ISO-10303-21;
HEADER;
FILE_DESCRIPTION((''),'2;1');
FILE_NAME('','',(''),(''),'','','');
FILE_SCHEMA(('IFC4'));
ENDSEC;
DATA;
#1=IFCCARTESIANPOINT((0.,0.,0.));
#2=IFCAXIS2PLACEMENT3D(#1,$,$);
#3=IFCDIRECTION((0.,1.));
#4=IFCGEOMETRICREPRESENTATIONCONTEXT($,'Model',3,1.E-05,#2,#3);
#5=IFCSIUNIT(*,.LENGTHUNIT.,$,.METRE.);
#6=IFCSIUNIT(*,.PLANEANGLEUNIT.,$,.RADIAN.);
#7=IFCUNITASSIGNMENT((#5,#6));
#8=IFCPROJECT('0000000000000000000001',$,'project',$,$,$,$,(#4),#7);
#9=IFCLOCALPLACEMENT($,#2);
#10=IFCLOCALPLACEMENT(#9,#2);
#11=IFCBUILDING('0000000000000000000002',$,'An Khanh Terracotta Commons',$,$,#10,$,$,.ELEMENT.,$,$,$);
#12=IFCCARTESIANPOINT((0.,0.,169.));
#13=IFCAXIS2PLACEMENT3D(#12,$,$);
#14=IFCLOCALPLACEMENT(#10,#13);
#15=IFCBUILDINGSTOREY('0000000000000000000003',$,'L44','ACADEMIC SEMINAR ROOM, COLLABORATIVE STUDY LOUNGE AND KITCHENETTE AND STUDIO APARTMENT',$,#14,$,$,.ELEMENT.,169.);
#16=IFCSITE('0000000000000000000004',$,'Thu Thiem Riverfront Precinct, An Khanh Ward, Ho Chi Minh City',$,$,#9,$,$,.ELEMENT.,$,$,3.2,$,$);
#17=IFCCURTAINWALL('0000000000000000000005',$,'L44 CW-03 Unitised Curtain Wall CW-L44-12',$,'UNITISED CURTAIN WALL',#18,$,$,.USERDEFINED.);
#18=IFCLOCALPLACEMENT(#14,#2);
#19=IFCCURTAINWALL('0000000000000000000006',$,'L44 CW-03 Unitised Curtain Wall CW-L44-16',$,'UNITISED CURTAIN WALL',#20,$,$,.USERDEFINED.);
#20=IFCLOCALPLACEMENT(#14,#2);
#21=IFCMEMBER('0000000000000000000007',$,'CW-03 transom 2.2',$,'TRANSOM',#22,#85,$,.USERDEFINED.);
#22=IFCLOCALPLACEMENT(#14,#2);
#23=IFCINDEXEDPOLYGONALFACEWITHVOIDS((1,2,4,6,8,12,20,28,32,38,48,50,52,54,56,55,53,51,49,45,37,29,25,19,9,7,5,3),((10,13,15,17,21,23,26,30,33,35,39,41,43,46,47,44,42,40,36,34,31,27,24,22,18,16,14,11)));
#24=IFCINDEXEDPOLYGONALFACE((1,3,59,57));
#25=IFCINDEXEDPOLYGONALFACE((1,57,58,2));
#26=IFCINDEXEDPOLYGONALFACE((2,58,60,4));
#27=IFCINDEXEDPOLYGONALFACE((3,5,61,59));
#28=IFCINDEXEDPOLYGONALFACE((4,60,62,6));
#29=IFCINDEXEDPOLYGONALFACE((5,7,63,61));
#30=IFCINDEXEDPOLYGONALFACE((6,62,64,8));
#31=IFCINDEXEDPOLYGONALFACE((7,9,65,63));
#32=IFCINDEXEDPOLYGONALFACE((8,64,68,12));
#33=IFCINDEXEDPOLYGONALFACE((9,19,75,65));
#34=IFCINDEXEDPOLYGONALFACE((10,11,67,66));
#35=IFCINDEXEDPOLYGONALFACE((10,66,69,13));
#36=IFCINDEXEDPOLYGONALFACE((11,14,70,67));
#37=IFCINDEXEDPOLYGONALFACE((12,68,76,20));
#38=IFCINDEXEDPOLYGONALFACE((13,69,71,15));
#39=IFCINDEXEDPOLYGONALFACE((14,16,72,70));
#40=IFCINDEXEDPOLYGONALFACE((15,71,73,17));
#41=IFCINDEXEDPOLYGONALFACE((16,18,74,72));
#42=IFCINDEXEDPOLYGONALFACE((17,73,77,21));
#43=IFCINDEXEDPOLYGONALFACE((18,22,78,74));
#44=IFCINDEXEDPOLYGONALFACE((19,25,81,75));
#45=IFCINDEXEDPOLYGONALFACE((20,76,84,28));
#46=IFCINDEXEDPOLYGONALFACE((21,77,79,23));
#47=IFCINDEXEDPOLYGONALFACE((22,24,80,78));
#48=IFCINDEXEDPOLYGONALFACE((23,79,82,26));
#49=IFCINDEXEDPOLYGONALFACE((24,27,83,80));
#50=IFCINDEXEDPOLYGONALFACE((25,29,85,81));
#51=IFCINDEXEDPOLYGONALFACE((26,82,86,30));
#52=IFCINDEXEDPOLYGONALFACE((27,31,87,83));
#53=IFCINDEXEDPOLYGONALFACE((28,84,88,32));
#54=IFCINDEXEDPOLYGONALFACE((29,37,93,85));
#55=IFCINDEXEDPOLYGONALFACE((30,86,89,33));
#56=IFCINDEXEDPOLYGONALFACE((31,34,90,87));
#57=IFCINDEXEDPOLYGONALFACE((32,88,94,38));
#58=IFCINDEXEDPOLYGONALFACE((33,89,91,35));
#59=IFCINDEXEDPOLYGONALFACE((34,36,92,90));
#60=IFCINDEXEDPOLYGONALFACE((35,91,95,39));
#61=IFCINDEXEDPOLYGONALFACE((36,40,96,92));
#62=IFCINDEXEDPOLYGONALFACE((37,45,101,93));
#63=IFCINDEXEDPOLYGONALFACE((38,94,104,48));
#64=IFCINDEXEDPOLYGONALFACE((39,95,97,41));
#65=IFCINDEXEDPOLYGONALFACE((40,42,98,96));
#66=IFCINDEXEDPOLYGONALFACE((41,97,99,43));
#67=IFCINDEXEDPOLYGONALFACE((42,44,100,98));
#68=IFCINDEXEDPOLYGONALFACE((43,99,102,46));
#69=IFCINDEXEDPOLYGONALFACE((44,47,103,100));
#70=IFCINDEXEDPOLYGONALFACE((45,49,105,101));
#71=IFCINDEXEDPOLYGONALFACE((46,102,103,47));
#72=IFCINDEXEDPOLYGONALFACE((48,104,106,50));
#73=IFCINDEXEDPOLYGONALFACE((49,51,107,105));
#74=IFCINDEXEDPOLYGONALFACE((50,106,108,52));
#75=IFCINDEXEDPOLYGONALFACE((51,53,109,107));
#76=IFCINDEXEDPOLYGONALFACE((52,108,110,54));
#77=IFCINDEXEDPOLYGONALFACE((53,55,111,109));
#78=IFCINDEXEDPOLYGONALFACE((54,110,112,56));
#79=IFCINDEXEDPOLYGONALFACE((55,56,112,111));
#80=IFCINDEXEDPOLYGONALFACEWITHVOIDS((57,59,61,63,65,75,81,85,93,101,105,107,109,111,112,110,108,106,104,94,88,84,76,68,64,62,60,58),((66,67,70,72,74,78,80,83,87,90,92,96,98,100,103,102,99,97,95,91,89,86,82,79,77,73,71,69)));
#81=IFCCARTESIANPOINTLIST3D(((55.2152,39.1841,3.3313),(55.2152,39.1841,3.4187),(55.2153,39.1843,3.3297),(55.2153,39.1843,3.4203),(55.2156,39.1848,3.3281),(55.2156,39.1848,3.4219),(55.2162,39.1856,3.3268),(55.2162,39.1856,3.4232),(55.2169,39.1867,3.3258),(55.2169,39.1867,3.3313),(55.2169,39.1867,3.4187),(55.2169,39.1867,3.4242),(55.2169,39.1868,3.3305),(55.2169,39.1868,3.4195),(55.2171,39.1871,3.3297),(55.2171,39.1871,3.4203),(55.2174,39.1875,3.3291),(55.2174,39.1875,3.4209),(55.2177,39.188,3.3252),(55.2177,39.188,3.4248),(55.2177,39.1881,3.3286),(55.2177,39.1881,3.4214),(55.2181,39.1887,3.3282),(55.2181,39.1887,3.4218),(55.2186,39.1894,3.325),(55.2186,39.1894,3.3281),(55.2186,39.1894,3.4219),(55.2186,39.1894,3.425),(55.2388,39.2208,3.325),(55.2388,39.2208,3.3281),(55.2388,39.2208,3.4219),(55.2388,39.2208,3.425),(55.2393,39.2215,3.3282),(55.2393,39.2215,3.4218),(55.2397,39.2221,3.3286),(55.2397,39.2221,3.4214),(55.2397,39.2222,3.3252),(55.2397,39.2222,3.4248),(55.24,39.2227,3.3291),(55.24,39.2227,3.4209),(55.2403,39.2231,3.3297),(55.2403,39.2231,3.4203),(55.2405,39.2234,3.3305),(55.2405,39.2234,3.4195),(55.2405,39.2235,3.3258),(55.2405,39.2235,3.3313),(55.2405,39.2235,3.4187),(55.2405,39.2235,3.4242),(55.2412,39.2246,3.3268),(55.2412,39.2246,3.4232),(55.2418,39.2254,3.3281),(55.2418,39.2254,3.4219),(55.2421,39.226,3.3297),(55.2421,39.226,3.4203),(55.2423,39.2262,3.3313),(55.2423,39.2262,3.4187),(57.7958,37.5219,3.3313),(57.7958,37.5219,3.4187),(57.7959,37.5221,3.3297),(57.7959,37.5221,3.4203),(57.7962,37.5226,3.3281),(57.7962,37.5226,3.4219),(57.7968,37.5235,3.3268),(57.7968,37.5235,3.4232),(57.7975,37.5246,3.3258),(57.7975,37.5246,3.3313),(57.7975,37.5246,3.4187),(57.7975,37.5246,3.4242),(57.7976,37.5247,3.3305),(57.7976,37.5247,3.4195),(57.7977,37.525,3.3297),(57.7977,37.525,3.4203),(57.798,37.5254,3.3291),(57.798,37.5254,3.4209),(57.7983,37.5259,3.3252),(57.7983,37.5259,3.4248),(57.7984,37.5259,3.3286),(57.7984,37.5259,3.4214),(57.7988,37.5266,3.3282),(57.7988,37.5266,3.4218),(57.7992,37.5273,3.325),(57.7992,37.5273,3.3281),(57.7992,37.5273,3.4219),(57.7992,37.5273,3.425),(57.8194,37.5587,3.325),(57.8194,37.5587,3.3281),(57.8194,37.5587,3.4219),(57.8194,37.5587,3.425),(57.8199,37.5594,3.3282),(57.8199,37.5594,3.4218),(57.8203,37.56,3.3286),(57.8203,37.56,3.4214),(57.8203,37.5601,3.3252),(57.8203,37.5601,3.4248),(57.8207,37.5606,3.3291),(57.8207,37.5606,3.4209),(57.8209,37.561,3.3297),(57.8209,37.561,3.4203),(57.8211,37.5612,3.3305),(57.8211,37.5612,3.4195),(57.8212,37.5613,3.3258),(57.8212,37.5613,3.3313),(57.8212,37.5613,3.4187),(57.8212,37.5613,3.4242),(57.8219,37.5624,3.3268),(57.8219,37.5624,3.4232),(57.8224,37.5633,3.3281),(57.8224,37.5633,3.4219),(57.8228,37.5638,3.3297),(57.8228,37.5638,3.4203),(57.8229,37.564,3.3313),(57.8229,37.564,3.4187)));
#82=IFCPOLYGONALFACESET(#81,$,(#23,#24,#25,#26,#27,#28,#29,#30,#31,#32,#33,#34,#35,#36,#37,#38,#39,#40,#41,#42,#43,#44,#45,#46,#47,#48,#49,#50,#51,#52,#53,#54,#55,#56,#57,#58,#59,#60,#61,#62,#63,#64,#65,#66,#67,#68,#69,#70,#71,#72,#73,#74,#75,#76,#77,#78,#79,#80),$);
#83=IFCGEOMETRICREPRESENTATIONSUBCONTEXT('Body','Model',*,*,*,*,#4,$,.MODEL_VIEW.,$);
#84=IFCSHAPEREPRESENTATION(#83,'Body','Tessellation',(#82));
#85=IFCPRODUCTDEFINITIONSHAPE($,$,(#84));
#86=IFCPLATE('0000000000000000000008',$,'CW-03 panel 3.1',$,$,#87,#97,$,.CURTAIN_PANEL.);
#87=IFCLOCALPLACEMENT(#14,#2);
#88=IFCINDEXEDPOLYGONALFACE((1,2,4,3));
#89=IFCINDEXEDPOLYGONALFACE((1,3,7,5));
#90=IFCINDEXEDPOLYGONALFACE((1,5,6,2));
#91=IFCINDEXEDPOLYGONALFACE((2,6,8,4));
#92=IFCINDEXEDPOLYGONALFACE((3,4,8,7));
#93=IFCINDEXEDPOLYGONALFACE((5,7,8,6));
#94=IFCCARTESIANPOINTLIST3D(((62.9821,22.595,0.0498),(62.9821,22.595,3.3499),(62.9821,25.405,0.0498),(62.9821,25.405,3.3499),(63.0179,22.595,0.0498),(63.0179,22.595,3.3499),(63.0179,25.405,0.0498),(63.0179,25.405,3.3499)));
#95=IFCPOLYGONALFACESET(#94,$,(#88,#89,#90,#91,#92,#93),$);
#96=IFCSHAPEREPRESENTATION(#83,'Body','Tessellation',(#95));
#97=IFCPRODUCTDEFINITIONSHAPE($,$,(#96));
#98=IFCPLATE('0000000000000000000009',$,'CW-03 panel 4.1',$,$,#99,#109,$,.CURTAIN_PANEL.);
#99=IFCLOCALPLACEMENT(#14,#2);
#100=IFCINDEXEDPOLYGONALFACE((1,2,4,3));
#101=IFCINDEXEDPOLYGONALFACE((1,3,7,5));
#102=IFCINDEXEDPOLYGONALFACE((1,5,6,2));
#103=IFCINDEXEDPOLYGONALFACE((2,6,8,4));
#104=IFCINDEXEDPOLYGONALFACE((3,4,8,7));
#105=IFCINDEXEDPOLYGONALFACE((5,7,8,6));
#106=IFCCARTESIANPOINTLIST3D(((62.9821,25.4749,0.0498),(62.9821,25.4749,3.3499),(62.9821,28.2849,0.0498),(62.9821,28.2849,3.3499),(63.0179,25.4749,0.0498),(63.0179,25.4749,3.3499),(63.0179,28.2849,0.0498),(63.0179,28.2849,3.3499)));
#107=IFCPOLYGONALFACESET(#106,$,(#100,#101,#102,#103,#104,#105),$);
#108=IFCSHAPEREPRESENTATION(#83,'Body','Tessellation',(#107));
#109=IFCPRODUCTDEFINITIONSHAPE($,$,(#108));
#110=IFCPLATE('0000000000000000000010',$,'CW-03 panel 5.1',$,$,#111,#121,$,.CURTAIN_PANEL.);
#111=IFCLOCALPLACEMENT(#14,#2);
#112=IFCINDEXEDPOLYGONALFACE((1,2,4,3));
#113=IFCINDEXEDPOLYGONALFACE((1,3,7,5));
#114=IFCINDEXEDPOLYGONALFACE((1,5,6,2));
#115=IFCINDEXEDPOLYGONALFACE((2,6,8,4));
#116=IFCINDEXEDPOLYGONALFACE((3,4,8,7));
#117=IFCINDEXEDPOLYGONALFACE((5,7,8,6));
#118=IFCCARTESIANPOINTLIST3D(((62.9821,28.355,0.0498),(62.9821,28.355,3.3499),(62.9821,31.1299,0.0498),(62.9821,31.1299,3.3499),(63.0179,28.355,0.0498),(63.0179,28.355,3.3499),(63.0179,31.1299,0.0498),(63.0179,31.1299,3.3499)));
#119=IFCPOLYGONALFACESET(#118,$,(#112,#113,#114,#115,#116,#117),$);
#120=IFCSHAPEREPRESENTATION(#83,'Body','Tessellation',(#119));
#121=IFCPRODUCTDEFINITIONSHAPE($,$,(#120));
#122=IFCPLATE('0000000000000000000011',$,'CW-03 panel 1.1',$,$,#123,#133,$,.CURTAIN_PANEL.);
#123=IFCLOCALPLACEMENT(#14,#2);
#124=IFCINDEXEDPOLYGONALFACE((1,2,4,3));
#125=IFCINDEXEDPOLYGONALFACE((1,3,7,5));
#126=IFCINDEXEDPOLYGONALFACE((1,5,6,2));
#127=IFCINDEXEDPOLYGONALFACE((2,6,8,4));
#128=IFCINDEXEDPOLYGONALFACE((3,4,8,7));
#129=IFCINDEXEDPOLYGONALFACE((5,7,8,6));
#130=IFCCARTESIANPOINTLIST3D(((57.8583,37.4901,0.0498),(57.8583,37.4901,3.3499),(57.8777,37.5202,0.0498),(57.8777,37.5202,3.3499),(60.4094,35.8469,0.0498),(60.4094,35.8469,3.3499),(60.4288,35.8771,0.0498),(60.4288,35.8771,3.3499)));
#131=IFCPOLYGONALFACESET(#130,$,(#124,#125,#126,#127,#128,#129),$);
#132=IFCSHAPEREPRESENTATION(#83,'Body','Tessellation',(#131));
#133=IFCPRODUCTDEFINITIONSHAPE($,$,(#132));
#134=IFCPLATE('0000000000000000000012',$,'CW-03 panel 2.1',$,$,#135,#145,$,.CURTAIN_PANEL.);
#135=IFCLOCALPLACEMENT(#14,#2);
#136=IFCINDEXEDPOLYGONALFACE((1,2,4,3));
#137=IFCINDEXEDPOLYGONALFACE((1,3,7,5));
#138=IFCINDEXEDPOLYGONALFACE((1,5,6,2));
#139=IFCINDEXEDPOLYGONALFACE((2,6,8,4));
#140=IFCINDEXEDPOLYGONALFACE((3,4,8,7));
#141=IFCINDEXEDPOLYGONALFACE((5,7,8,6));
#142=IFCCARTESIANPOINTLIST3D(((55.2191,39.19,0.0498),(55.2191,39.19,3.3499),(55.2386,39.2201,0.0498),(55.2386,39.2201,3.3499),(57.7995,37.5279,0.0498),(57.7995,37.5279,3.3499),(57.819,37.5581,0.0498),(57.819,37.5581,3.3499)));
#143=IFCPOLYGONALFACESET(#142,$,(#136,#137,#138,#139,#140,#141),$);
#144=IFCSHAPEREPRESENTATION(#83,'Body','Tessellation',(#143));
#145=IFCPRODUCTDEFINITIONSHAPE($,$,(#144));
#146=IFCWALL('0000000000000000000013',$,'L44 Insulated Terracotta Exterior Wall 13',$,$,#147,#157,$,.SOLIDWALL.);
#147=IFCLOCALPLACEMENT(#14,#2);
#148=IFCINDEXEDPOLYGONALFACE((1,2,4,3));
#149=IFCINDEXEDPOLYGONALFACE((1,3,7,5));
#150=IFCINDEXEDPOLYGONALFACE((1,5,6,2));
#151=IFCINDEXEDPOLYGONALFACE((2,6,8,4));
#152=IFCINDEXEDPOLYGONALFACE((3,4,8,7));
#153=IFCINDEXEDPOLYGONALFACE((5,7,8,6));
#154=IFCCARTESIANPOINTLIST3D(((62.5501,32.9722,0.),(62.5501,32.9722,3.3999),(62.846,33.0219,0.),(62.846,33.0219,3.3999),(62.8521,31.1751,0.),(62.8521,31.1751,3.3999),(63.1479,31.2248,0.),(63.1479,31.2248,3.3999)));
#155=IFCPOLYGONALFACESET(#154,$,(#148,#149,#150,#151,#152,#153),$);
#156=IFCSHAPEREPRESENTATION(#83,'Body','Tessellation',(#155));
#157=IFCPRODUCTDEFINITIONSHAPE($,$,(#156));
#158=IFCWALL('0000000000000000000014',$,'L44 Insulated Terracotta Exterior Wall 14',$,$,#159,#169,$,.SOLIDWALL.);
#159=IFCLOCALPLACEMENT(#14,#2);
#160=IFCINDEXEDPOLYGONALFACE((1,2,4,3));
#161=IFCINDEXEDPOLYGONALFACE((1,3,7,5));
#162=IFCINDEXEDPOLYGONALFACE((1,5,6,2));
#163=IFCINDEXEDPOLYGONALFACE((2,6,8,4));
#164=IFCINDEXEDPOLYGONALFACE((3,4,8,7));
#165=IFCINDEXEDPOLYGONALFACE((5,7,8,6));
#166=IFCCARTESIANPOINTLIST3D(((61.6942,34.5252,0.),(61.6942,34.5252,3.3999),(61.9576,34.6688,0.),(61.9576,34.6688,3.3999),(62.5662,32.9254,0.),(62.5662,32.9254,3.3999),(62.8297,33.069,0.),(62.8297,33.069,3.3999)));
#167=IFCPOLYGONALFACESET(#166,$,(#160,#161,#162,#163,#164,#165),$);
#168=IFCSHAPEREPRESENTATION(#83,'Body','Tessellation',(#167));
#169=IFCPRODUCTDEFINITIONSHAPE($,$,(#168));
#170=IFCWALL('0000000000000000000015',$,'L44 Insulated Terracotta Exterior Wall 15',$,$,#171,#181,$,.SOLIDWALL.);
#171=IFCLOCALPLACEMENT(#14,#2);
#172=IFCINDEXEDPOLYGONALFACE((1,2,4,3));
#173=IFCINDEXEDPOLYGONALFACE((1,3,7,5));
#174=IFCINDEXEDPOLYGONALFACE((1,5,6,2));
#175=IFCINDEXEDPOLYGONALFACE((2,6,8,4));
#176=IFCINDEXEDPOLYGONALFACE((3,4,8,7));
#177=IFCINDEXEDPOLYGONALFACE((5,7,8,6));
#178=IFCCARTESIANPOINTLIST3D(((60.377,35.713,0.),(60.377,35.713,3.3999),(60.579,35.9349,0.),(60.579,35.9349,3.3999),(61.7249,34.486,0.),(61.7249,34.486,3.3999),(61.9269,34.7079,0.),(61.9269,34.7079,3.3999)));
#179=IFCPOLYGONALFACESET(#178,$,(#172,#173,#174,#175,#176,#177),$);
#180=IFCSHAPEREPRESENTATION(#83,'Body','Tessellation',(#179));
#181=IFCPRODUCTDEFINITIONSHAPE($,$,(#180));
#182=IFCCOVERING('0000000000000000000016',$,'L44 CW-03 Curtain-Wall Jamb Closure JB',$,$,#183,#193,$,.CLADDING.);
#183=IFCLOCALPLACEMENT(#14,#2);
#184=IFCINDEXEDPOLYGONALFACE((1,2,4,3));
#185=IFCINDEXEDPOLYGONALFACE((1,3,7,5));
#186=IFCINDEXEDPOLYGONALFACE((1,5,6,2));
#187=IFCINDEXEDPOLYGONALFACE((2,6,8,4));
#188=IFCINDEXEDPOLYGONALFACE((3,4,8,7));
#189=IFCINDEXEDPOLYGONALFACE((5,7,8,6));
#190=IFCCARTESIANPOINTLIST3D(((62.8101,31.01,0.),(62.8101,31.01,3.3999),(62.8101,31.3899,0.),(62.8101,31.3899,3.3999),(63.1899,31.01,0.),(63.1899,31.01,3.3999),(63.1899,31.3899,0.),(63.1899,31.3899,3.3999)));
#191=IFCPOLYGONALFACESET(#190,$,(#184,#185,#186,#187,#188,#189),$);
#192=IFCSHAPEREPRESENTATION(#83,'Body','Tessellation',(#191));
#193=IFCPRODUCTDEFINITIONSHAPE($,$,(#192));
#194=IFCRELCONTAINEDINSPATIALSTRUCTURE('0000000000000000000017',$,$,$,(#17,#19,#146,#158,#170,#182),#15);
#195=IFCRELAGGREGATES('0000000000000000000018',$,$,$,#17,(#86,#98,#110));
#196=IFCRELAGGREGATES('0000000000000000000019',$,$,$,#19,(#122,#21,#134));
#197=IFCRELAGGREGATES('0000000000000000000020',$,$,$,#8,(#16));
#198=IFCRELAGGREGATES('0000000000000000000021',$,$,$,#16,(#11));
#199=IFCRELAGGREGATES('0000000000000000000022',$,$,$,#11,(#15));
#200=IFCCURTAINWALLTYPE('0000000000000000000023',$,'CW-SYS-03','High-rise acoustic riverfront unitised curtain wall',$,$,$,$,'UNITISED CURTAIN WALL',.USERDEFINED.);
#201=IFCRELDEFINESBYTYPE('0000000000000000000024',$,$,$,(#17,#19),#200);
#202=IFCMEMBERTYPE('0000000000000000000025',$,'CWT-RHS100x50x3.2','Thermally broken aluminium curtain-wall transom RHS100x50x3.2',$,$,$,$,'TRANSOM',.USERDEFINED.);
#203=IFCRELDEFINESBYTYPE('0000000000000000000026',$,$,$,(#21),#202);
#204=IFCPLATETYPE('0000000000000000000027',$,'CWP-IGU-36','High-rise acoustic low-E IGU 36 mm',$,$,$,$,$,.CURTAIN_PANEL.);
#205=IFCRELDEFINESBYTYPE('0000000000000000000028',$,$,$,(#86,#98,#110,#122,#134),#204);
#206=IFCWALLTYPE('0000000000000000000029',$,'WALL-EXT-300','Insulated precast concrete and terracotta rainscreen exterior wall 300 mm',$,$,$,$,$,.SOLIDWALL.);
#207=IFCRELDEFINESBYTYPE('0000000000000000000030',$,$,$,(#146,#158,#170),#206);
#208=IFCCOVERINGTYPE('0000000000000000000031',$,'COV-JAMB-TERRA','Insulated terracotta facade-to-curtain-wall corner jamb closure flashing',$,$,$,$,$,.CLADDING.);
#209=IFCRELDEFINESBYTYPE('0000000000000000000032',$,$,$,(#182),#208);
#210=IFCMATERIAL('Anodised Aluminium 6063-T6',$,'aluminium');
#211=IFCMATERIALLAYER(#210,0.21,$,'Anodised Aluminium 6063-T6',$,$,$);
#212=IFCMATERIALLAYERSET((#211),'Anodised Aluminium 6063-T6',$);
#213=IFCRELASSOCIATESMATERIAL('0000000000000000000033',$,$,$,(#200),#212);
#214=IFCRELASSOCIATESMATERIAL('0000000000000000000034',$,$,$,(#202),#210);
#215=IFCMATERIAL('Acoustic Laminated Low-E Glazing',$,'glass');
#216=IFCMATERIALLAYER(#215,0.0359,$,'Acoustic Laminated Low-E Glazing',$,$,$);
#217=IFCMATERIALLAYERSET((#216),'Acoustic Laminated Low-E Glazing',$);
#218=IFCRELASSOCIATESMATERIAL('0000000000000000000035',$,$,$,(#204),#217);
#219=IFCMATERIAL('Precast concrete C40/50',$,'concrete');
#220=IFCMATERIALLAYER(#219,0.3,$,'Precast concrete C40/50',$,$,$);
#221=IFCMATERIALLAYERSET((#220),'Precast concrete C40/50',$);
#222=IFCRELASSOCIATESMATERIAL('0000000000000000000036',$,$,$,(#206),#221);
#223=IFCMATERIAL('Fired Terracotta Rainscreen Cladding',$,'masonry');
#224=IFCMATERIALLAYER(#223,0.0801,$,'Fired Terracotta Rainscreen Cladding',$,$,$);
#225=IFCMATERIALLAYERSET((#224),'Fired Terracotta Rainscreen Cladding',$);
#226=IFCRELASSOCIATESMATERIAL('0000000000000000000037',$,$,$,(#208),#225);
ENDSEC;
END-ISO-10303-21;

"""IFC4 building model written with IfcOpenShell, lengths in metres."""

from ifc_helpers import new_model, si_unit, direction, frame, frame_2d, origin, origin_2d, place, context, subcontext, project, spatial, rectangle, hollow_rectangle, extrude, material, layer, layer_set, material_profile, profile_set, type_object, element, aggregate, save


model = new_model("IFC4")

# Units and contexts
model_context = context("Model", 3, precision=1e-05, world=origin(), true_north=direction((0.0, 1.0)))
body_context = subcontext(model_context, "Body", "Model", "MODEL_VIEW")
ifc_project = project(units=[si_unit("LENGTHUNIT", "METRE"), si_unit("PLANEANGLEUNIT", "RADIAN")], contexts=[model_context])

# Site, building, storey
site_placement = place(None, origin())
site = spatial("IfcSite", under=ifc_project, at=site_placement, Name="Thu Thiem Riverfront Precinct, An Khanh Ward, Ho Chi Minh City", CompositionType="ELEMENT", RefElevation=3.2)
building_placement = place(site_placement, origin())
building = spatial("IfcBuilding", under=site, at=building_placement, Name="An Khanh Terracotta Commons", CompositionType="ELEMENT")
storey_placement = place(building_placement, frame((0.0, 0.0, 169.0)))
storey = spatial("IfcBuildingStorey", under=building, at=storey_placement, Name="L44", Description="ACADEMIC SEMINAR ROOM, COLLABORATIVE STUDY LOUNGE AND KITCHENETTE AND STUDIO APARTMENT", CompositionType="ELEMENT", Elevation=169.0)

# Curtain walls
ifc_material_1 = material(Name="Anodised Aluminium 6063-T6", Category="aluminium")
ifc_layer_1 = layer(ifc_material_1, 0.21, Name="Anodised Aluminium 6063-T6")
ifc_layer_set_1 = layer_set([ifc_layer_1], Name="Anodised Aluminium 6063-T6")
curtain_wall_type = type_object("IfcCurtainWallType", Name="CW-SYS-03", Description="High-rise acoustic riverfront unitised curtain wall", ElementType="UNITISED CURTAIN WALL", PredefinedType="USERDEFINED", material=ifc_layer_set_1)
curtain_wall_1_placement = place(storey_placement, origin())
curtain_wall_1 = element("IfcCurtainWall", 1, at=curtain_wall_1_placement, inside=storey, type_object=curtain_wall_type, Name="L44 CW-03 Unitised Curtain Wall CW-L44-12", ObjectType="UNITISED CURTAIN WALL", PredefinedType="USERDEFINED")
curtain_wall_2_placement = place(storey_placement, origin())
curtain_wall_2 = element("IfcCurtainWall", 2, at=curtain_wall_2_placement, inside=storey, type_object=curtain_wall_type, Name="L44 CW-03 Unitised Curtain Wall CW-L44-16", ObjectType="UNITISED CURTAIN WALL", PredefinedType="USERDEFINED")

# Member
ifc_material_profile_1 = material_profile(ifc_material_1, hollow_rectangle(XDim=0.05, YDim=0.1001, WallThickness=0.0032, InnerFilletRadius=0.0032, OuterFilletRadius=0.0063, at=origin_2d()), Name="RHS100x50x3.2")
ifc_profile_set_1 = profile_set([ifc_material_profile_1], Name="Anodised Aluminium 6063-T6")
member_type_1 = type_object("IfcMemberType", Name="CWT-RHS100x50x3.2", Description="Thermally broken aluminium curtain-wall transom RHS100x50x3.2", ElementType="TRANSOM", PredefinedType="USERDEFINED", material=ifc_profile_set_1)
member_1_placement = place(storey_placement, frame((57.8093, 37.543, 3.375), z_axis=(-0.840708, 0.541489, 0.0), x_axis=(-0.541489, -0.840708, 0.0)))
member_1 = element("IfcMember", 3, at=member_1_placement, type_object=member_type_1, Name="CW-03 transom 2.2", ObjectType="TRANSOM", PredefinedType="USERDEFINED", context=body_context, shape_type="SweptSolid", body=[
    extrude(hollow_rectangle(XDim=0.05, YDim=0.1001, WallThickness=0.0032, InnerFilletRadius=0.0032, OuterFilletRadius=0.0063, at=origin_2d()), origin(), (0.0, 0.0, 1.0), 3.0696),
])

# Plates
ifc_material_2 = material(Name="Acoustic Laminated Low-E Glazing", Category="glass")
ifc_layer_2 = layer(ifc_material_2, 0.0359, Name="Acoustic Laminated Low-E Glazing")
ifc_layer_set_2 = layer_set([ifc_layer_2], Name="Acoustic Laminated Low-E Glazing")
plate_type = type_object("IfcPlateType", Name="CWP-IGU-36", Description="High-rise acoustic low-E IGU 36 mm", PredefinedType="CURTAIN_PANEL", material=ifc_layer_set_2)
plate_1_placement = place(storey_placement, frame((63.0, 24.0, 0.0498), z_axis=(0.0, 0.0, 1.0), x_axis=(0.0, 1.0, 0.0)))
plate_1 = element("IfcPlate", 4, at=plate_1_placement, type_object=plate_type, Name="CW-03 panel 3.1", PredefinedType="CURTAIN_PANEL", context=body_context, shape_type="SweptSolid", body=[
    extrude(rectangle(XDim=2.8101, YDim=0.0359, at=origin_2d()), origin(), (0.0, 0.0, 1.0), 3.3),
])
plate_2_placement = place(storey_placement, frame((63.0, 26.8799, 0.0498), z_axis=(0.0, 0.0, 1.0), x_axis=(0.0, 1.0, 0.0)))
plate_2 = element("IfcPlate", 5, at=plate_2_placement, type_object=plate_type, Name="CW-03 panel 4.1", PredefinedType="CURTAIN_PANEL", context=body_context, shape_type="SweptSolid", body=[
    extrude(rectangle(XDim=2.8101, YDim=0.0359, at=origin_2d()), origin(), (0.0, 0.0, 1.0), 3.3),
])
plate_3_placement = place(storey_placement, frame((63.0, 29.7424, 0.0498), z_axis=(0.0, 0.0, 1.0), x_axis=(0.0, 1.0, 0.0)))
plate_3 = element("IfcPlate", 6, at=plate_3_placement, type_object=plate_type, Name="CW-03 panel 5.1", PredefinedType="CURTAIN_PANEL", context=body_context, shape_type="SweptSolid", body=[
    extrude(rectangle(XDim=2.7749, YDim=0.0359, at=origin_2d()), origin(), (0.0, 0.0, 1.0), 3.3),
])
aggregate(curtain_wall_1, [plate_1, plate_2, plate_3])
plate_4_placement = place(storey_placement, frame((59.1436, 36.6836, 0.0498), z_axis=(0.0, 0.0, 1.0), x_axis=(-0.840702, 0.541498, 0.0)))
plate_4 = element("IfcPlate", 7, at=plate_4_placement, type_object=plate_type, Name="CW-03 panel 1.1", PredefinedType="CURTAIN_PANEL", context=body_context, shape_type="SweptSolid", body=[
    extrude(rectangle(XDim=3.0344, YDim=0.0359, at=origin_2d()), origin(), (0.0, 0.0, 1.0), 3.3),
])
plate_5_placement = place(storey_placement, frame((56.519, 38.374, 0.0498), z_axis=(0.0, 0.0, 1.0), x_axis=(-0.840702, 0.541498, 0.0)))
plate_5 = element("IfcPlate", 8, at=plate_5_placement, type_object=plate_type, Name="CW-03 panel 2.1", PredefinedType="CURTAIN_PANEL", context=body_context, shape_type="SweptSolid", body=[
    extrude(rectangle(XDim=3.0693, YDim=0.0359, at=origin_2d()), origin(), (0.0, 0.0, 1.0), 3.3),
])
aggregate(curtain_wall_2, [plate_4, member_1, plate_5])

# Walls
ifc_material_3 = material(Name="Precast concrete C40/50", Category="concrete")
ifc_layer_3 = layer(ifc_material_3, 0.3, Name="Precast concrete C40/50")
ifc_layer_set_3 = layer_set([ifc_layer_3], Name="Precast concrete C40/50")
wall_type = type_object("IfcWallType", Name="WALL-EXT-300", Description="Insulated precast concrete and terracotta rainscreen exterior wall 300 mm", PredefinedType="SOLIDWALL", material=ifc_layer_set_3)
wall_1_placement = place(storey_placement, frame((63.0, 31.2, 0.0), z_axis=(0.0, 0.0, 1.0), x_axis=(-0.165724, 0.986172, 0.0)))
element("IfcWall", 9, at=wall_1_placement, inside=storey, type_object=wall_type, Name="L44 Insulated Terracotta Exterior Wall 13", PredefinedType="SOLIDWALL", context=body_context, shape_type="SweptSolid", body=[
    extrude(rectangle(XDim=1.8223, YDim=0.3, at=frame_2d((0.9111, 0.0))), origin(), (0.0, 0.0, 1.0), 3.3999),
])
wall_2_placement = place(storey_placement, frame((62.698, 32.9971, 0.0), z_axis=(0.0, 0.0, 1.0), x_axis=(-0.478608, 0.878029, 0.0)))
element("IfcWall", 10, at=wall_2_placement, inside=storey, type_object=wall_type, Name="L44 Insulated Terracotta Exterior Wall 14", PredefinedType="SOLIDWALL", context=body_context, shape_type="SweptSolid", body=[
    extrude(rectangle(XDim=1.822, YDim=0.3, at=frame_2d((0.9111, 0.0))), origin(), (0.0, 0.0, 1.0), 3.3999),
])
wall_3_placement = place(storey_placement, frame((61.8259, 34.5969, 0.0), z_axis=(0.0, 0.0, 1.0), x_axis=(-0.739479, 0.673179, 0.0)))
element("IfcWall", 11, at=wall_3_placement, inside=storey, type_object=wall_type, Name="L44 Insulated Terracotta Exterior Wall 15", PredefinedType="SOLIDWALL", context=body_context, shape_type="SweptSolid", body=[
    extrude(rectangle(XDim=1.8228, YDim=0.3, at=frame_2d((0.9114, 0.0))), origin(), (0.0, 0.0, 1.0), 3.3999),
])

# Covering
ifc_material_4 = material(Name="Fired Terracotta Rainscreen Cladding", Category="masonry")
ifc_layer_4 = layer(ifc_material_4, 0.0801, Name="Fired Terracotta Rainscreen Cladding")
ifc_layer_set_4 = layer_set([ifc_layer_4], Name="Fired Terracotta Rainscreen Cladding")
covering_type = type_object("IfcCoveringType", Name="COV-JAMB-TERRA", Description="Insulated terracotta facade-to-curtain-wall corner jamb closure flashing", PredefinedType="CLADDING", material=ifc_layer_set_4)
for number, where, z_axis, x_axis, name in (
    (12, (63.0, 31.2, 0.0), (0.0, 0.0, 1.0), (1.0, 0.0, 0.0), "L44 CW-03 Curtain-Wall Jamb Closure JB"),
):
    element("IfcCovering", number, at=place(storey_placement, frame(where, z_axis=z_axis, x_axis=x_axis)), inside=storey, type_object=covering_type, Name=name, PredefinedType="CLADDING", context=body_context, shape_type="SweptSolid", body=[
        extrude(rectangle(XDim=0.3799, YDim=0.3799, at=origin_2d()), origin(), (0.0, 0.0, 1.0), 3.3999),
    ])

save(model, "model.ifc")
